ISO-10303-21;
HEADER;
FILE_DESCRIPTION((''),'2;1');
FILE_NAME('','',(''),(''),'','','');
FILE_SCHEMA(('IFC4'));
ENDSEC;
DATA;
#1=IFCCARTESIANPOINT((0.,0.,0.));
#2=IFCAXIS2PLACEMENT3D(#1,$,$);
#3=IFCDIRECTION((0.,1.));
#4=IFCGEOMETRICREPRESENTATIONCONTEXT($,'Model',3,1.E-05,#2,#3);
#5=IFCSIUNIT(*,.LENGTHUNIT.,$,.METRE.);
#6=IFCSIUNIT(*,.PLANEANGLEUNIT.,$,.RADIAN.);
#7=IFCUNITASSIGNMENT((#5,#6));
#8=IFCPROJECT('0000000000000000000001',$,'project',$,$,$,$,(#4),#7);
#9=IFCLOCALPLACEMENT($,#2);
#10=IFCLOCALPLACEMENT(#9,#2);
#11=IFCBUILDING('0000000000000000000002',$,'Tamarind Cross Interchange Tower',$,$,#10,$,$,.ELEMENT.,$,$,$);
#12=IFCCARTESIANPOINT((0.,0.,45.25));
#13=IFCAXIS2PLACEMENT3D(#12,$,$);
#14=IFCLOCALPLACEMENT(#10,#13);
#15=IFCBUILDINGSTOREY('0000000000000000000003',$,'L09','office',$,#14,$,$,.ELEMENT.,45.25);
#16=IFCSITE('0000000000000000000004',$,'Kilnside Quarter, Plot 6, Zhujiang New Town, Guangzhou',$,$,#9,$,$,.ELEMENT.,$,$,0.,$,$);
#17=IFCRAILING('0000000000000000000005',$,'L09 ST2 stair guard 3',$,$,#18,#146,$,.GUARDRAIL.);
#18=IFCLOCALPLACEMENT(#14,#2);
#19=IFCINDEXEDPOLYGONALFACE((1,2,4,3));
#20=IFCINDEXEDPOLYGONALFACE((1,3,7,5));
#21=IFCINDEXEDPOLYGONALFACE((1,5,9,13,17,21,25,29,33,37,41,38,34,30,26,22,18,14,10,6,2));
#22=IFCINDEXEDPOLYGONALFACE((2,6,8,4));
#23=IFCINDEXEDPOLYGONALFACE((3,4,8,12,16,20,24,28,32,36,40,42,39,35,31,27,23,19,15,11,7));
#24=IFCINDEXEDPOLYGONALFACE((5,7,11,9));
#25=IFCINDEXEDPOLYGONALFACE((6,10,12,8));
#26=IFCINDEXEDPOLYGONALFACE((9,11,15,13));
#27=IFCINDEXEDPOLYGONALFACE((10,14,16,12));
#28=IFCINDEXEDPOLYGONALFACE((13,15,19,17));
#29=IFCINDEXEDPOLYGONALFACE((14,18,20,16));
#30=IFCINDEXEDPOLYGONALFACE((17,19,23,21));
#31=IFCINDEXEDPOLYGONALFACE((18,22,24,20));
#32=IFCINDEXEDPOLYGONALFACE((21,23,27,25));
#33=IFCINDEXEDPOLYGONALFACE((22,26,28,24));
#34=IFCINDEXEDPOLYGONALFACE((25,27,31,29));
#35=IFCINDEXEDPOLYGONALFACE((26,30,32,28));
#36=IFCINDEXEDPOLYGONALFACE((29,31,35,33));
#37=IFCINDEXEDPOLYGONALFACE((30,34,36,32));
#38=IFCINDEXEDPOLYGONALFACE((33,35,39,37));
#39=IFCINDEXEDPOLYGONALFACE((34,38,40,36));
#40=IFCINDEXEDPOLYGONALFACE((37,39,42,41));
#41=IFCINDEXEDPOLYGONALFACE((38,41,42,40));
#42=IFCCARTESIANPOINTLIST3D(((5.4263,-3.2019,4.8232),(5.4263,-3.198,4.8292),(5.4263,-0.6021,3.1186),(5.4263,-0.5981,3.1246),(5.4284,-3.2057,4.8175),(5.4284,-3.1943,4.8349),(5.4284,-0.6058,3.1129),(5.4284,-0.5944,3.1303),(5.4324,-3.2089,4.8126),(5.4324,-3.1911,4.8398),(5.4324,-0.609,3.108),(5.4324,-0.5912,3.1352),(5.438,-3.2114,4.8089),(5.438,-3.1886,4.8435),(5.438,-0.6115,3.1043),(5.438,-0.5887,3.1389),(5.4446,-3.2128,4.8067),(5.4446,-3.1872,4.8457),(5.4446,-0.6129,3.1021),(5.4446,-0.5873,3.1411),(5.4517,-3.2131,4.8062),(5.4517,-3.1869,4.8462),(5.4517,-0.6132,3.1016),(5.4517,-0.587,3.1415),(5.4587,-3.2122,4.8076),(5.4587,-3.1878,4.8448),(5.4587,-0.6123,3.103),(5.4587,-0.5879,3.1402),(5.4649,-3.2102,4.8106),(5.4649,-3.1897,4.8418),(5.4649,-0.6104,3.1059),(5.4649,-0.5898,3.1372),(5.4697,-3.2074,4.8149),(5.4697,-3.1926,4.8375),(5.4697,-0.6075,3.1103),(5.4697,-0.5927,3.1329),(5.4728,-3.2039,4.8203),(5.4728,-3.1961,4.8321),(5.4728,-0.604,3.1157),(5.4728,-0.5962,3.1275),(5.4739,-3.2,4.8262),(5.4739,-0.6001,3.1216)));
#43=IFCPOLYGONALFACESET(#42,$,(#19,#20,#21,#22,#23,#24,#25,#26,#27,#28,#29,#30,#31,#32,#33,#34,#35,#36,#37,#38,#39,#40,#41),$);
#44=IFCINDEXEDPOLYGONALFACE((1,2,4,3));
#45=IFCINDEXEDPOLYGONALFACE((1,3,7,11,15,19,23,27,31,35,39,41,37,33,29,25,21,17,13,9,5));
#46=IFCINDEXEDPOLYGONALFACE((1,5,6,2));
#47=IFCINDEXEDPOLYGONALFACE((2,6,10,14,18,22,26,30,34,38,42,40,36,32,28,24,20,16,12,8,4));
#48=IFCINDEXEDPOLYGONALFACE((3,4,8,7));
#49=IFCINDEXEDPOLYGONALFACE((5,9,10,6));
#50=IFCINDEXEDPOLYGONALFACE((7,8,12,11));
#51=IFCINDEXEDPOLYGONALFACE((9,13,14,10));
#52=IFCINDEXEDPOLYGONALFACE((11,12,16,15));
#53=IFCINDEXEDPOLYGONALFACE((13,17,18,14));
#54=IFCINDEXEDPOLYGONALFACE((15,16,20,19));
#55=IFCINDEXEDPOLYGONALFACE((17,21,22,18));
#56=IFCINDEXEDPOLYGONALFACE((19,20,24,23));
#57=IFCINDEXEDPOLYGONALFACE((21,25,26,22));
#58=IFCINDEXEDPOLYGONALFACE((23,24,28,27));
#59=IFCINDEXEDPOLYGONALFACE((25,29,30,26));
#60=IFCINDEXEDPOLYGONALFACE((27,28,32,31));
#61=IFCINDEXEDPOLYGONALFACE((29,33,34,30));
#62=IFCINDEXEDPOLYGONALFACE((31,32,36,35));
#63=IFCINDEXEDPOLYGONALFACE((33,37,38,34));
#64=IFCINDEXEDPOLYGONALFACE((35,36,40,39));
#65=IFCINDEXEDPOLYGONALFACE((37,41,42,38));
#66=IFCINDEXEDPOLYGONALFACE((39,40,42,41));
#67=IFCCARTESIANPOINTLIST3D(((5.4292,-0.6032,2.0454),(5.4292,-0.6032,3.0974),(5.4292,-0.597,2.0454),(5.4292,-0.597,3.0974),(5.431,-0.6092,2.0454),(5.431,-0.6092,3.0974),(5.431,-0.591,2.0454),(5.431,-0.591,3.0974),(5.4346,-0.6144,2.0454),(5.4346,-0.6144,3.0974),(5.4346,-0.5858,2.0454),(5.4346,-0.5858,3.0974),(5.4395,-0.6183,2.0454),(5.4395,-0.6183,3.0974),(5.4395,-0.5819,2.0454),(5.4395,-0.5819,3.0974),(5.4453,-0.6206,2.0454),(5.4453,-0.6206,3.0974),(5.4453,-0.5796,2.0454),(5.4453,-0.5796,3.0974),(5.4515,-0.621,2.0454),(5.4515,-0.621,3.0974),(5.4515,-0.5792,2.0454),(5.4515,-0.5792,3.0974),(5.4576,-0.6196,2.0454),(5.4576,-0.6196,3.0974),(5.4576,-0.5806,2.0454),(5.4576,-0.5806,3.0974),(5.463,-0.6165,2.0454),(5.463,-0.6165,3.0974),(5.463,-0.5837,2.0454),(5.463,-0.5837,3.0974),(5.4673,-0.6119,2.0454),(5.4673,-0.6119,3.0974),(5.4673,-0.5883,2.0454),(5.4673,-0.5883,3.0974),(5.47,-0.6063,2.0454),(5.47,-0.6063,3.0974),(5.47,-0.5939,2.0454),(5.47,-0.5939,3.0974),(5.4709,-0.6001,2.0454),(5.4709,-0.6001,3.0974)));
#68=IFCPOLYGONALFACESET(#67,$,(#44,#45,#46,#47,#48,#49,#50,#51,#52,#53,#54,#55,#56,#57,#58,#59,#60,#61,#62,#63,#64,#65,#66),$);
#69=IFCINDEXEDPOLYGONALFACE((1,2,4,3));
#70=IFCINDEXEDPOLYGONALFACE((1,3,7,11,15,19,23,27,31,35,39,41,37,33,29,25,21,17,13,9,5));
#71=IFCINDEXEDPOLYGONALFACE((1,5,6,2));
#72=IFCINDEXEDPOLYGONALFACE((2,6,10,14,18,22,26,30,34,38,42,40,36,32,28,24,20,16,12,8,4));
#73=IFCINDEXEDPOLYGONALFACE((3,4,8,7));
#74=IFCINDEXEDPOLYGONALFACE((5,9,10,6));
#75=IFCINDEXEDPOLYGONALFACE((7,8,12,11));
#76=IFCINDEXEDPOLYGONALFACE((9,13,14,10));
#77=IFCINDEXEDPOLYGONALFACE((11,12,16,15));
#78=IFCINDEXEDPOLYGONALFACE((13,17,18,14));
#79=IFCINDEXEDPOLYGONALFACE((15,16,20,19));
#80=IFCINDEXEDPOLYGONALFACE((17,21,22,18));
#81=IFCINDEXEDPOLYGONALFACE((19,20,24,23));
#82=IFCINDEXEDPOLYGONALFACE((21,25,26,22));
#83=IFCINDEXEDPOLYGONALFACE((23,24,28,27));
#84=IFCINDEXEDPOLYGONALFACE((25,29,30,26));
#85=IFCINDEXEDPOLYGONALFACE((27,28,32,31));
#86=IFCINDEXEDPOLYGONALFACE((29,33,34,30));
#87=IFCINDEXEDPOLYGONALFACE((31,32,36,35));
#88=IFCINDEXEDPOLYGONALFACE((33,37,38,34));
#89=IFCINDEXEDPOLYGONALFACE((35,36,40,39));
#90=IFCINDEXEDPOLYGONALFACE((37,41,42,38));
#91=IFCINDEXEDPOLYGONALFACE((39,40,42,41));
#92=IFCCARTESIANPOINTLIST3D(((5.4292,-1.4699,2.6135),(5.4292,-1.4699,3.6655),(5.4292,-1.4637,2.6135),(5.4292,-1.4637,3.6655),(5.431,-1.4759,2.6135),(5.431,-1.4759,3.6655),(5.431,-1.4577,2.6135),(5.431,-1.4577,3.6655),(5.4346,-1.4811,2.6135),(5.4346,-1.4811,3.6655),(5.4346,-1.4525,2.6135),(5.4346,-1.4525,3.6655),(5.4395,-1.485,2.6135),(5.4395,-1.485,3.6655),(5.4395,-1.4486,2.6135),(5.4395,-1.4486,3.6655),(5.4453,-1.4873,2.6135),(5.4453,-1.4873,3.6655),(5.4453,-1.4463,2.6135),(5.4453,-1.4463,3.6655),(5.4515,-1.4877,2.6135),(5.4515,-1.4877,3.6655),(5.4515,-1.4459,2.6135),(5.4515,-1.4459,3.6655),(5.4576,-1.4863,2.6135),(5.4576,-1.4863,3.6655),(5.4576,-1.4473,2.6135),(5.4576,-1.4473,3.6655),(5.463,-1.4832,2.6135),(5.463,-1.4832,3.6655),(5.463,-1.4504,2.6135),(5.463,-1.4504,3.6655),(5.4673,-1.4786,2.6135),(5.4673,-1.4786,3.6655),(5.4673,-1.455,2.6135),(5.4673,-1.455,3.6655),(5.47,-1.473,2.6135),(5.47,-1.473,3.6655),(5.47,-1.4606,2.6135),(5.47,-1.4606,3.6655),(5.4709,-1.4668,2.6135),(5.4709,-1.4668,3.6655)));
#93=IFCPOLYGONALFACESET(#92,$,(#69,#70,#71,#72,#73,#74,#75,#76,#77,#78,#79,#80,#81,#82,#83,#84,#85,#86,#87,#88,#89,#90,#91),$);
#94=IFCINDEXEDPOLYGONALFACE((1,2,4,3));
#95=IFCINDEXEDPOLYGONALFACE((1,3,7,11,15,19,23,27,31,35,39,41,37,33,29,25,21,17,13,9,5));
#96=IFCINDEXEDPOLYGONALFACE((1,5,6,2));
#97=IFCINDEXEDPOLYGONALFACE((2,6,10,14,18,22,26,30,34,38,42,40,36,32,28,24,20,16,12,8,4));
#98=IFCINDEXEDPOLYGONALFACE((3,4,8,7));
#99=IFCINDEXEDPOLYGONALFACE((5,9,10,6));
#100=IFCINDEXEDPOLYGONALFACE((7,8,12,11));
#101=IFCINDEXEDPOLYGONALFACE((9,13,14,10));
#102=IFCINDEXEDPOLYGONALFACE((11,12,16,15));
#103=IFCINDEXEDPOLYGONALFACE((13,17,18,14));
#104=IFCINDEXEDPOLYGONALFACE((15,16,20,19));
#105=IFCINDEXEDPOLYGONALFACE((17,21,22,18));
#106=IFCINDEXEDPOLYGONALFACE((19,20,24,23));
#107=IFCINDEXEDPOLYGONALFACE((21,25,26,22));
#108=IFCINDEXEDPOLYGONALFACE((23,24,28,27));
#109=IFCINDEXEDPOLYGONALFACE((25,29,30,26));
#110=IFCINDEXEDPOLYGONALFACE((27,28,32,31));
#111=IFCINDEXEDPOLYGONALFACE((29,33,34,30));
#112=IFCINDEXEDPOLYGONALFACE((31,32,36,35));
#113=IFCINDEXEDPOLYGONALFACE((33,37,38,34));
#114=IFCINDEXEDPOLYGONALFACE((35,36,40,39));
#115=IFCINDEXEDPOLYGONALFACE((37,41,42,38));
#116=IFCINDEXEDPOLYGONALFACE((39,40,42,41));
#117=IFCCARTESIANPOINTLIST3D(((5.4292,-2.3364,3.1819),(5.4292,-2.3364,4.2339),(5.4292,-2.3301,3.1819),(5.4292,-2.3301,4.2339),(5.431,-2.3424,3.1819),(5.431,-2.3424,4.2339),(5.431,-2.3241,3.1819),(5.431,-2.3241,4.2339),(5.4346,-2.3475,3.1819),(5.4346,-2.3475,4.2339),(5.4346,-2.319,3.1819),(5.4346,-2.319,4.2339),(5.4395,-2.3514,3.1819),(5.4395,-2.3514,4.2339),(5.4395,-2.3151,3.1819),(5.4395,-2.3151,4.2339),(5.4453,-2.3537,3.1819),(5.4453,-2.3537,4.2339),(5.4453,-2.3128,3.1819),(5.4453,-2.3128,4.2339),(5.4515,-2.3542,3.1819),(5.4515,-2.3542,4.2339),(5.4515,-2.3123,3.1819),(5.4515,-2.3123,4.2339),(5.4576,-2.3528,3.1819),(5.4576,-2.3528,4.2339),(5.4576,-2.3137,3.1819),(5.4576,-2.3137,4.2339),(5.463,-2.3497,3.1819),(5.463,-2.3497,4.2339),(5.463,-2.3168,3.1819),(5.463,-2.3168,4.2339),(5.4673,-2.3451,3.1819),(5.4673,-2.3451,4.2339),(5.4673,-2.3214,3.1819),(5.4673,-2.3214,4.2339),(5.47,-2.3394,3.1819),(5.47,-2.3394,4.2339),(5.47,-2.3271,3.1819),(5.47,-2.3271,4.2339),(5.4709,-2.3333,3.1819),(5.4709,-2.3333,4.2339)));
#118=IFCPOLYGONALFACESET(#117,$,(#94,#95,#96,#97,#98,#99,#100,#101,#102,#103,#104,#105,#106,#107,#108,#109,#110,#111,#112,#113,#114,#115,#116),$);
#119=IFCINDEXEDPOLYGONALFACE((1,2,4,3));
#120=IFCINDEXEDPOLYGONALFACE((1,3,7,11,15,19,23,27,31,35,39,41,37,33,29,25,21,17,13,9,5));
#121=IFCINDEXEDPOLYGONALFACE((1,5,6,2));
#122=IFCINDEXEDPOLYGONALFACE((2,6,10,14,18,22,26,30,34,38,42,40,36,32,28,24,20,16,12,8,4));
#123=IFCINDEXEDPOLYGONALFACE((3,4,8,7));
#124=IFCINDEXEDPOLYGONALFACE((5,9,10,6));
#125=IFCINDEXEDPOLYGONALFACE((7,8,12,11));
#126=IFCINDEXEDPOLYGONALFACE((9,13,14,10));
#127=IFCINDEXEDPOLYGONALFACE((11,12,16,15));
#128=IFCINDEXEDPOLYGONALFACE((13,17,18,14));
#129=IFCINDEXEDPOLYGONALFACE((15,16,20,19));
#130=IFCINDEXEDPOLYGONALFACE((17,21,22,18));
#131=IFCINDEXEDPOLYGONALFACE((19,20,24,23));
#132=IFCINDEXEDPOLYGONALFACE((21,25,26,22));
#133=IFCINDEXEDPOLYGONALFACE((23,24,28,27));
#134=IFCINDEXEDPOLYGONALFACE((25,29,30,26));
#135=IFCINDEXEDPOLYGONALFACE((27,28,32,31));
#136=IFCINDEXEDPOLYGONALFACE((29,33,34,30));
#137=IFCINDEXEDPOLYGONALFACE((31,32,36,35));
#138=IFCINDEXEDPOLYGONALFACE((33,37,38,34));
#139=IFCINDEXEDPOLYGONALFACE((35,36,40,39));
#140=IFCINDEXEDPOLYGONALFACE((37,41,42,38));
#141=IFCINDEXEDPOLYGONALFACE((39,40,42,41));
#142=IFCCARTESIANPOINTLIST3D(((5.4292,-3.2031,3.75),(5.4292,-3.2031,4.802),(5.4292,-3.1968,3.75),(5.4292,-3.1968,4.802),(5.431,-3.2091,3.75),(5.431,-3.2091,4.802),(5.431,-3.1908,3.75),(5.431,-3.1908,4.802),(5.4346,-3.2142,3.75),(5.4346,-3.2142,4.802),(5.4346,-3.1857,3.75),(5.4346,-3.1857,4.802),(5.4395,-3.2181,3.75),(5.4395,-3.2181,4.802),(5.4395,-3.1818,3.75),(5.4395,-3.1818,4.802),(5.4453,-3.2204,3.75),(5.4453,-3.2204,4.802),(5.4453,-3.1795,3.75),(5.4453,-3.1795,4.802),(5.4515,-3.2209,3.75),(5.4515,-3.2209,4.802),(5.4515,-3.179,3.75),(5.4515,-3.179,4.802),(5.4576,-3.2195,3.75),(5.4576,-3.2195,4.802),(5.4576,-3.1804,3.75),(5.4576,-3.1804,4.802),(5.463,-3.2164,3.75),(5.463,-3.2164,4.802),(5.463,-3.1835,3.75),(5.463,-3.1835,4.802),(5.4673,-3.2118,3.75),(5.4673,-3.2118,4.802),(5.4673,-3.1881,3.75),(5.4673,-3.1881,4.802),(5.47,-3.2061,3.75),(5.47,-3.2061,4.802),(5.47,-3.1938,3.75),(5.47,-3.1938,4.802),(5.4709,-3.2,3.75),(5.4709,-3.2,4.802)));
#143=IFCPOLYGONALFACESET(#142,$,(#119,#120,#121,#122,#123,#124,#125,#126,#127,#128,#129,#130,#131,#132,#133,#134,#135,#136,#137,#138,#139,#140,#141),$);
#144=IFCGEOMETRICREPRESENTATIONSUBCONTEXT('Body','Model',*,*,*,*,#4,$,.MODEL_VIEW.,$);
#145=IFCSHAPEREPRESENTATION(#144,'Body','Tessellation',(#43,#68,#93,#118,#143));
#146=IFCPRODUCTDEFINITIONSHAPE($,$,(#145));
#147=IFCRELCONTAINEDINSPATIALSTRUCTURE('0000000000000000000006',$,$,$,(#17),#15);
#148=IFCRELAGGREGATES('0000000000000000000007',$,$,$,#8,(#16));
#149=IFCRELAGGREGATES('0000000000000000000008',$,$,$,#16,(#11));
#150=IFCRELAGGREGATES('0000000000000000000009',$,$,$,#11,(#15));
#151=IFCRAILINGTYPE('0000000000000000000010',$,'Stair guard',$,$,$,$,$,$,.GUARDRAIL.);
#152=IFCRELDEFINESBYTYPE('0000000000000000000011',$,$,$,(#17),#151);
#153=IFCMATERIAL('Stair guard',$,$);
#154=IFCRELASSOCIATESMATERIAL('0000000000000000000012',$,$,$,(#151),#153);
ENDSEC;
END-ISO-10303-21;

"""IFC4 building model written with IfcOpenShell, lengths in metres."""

from ifc_helpers import new_model, si_unit, direction, frame, origin, origin_2d, place, context, subcontext, project, spatial, circle, extrude, material, type_object, element, save


model = new_model("IFC4")

# Units and contexts
model_context = context("Model", 3, precision=1e-05, world=origin(), true_north=direction((0.0, 1.0)))
body_context = subcontext(model_context, "Body", "Model", "MODEL_VIEW")
ifc_project = project(units=[si_unit("LENGTHUNIT", "METRE"), si_unit("PLANEANGLEUNIT", "RADIAN")], contexts=[model_context])

# Site, building, storey
site_placement = place(None, origin())
site = spatial("IfcSite", under=ifc_project, at=site_placement, Name="Kilnside Quarter, Plot 6, Zhujiang New Town, Guangzhou", CompositionType="ELEMENT", RefElevation=0.0)
building_placement = place(site_placement, origin())
building = spatial("IfcBuilding", under=site, at=building_placement, Name="Tamarind Cross Interchange Tower", CompositionType="ELEMENT")
storey_placement = place(building_placement, frame((0.0, 0.0, 45.25)))
storey = spatial("IfcBuildingStorey", under=building, at=storey_placement, Name="L09", Description="office", CompositionType="ELEMENT", Elevation=45.25)

# Railing
ifc_material_1 = material(Name="Stair guard")
railing_type_1 = type_object("IfcRailingType", Name="Stair guard", PredefinedType="GUARDRAIL", material=ifc_material_1)
railing_1_placement = place(storey_placement, frame((5.45, -0.6001, 2.0454)))
element("IfcRailing", 1, at=railing_1_placement, inside=storey, type_object=railing_type_1, Name="L09 ST2 stair guard 3", PredefinedType="GUARDRAIL", context=body_context, shape_type="SweptSolid", body=[
    extrude(circle(Radius=0.0239, at=origin_2d()), frame((0.0, 0.0, 1.0762), z_axis=(0.0, -0.836279, 0.548305), x_axis=(1.0, 0.0, 0.0)), (0.0, 0.0, 1.0), 3.1089),
    extrude(circle(Radius=0.021, at=origin_2d()), origin(), (0.0, 0.0, 1.0), 1.052),
    extrude(circle(Radius=0.021, at=origin_2d()), frame((0.0, -0.8667, 0.5681)), (0.0, 0.0, 1.0), 1.052),
    extrude(circle(Radius=0.021, at=origin_2d()), frame((0.0, -1.7332, 1.1365)), (0.0, 0.0, 1.0), 1.052),
    extrude(circle(Radius=0.021, at=origin_2d()), frame((0.0, -2.5999, 1.7046)), (0.0, 0.0, 1.0), 1.052),
])

save(model, "model.ifc")
